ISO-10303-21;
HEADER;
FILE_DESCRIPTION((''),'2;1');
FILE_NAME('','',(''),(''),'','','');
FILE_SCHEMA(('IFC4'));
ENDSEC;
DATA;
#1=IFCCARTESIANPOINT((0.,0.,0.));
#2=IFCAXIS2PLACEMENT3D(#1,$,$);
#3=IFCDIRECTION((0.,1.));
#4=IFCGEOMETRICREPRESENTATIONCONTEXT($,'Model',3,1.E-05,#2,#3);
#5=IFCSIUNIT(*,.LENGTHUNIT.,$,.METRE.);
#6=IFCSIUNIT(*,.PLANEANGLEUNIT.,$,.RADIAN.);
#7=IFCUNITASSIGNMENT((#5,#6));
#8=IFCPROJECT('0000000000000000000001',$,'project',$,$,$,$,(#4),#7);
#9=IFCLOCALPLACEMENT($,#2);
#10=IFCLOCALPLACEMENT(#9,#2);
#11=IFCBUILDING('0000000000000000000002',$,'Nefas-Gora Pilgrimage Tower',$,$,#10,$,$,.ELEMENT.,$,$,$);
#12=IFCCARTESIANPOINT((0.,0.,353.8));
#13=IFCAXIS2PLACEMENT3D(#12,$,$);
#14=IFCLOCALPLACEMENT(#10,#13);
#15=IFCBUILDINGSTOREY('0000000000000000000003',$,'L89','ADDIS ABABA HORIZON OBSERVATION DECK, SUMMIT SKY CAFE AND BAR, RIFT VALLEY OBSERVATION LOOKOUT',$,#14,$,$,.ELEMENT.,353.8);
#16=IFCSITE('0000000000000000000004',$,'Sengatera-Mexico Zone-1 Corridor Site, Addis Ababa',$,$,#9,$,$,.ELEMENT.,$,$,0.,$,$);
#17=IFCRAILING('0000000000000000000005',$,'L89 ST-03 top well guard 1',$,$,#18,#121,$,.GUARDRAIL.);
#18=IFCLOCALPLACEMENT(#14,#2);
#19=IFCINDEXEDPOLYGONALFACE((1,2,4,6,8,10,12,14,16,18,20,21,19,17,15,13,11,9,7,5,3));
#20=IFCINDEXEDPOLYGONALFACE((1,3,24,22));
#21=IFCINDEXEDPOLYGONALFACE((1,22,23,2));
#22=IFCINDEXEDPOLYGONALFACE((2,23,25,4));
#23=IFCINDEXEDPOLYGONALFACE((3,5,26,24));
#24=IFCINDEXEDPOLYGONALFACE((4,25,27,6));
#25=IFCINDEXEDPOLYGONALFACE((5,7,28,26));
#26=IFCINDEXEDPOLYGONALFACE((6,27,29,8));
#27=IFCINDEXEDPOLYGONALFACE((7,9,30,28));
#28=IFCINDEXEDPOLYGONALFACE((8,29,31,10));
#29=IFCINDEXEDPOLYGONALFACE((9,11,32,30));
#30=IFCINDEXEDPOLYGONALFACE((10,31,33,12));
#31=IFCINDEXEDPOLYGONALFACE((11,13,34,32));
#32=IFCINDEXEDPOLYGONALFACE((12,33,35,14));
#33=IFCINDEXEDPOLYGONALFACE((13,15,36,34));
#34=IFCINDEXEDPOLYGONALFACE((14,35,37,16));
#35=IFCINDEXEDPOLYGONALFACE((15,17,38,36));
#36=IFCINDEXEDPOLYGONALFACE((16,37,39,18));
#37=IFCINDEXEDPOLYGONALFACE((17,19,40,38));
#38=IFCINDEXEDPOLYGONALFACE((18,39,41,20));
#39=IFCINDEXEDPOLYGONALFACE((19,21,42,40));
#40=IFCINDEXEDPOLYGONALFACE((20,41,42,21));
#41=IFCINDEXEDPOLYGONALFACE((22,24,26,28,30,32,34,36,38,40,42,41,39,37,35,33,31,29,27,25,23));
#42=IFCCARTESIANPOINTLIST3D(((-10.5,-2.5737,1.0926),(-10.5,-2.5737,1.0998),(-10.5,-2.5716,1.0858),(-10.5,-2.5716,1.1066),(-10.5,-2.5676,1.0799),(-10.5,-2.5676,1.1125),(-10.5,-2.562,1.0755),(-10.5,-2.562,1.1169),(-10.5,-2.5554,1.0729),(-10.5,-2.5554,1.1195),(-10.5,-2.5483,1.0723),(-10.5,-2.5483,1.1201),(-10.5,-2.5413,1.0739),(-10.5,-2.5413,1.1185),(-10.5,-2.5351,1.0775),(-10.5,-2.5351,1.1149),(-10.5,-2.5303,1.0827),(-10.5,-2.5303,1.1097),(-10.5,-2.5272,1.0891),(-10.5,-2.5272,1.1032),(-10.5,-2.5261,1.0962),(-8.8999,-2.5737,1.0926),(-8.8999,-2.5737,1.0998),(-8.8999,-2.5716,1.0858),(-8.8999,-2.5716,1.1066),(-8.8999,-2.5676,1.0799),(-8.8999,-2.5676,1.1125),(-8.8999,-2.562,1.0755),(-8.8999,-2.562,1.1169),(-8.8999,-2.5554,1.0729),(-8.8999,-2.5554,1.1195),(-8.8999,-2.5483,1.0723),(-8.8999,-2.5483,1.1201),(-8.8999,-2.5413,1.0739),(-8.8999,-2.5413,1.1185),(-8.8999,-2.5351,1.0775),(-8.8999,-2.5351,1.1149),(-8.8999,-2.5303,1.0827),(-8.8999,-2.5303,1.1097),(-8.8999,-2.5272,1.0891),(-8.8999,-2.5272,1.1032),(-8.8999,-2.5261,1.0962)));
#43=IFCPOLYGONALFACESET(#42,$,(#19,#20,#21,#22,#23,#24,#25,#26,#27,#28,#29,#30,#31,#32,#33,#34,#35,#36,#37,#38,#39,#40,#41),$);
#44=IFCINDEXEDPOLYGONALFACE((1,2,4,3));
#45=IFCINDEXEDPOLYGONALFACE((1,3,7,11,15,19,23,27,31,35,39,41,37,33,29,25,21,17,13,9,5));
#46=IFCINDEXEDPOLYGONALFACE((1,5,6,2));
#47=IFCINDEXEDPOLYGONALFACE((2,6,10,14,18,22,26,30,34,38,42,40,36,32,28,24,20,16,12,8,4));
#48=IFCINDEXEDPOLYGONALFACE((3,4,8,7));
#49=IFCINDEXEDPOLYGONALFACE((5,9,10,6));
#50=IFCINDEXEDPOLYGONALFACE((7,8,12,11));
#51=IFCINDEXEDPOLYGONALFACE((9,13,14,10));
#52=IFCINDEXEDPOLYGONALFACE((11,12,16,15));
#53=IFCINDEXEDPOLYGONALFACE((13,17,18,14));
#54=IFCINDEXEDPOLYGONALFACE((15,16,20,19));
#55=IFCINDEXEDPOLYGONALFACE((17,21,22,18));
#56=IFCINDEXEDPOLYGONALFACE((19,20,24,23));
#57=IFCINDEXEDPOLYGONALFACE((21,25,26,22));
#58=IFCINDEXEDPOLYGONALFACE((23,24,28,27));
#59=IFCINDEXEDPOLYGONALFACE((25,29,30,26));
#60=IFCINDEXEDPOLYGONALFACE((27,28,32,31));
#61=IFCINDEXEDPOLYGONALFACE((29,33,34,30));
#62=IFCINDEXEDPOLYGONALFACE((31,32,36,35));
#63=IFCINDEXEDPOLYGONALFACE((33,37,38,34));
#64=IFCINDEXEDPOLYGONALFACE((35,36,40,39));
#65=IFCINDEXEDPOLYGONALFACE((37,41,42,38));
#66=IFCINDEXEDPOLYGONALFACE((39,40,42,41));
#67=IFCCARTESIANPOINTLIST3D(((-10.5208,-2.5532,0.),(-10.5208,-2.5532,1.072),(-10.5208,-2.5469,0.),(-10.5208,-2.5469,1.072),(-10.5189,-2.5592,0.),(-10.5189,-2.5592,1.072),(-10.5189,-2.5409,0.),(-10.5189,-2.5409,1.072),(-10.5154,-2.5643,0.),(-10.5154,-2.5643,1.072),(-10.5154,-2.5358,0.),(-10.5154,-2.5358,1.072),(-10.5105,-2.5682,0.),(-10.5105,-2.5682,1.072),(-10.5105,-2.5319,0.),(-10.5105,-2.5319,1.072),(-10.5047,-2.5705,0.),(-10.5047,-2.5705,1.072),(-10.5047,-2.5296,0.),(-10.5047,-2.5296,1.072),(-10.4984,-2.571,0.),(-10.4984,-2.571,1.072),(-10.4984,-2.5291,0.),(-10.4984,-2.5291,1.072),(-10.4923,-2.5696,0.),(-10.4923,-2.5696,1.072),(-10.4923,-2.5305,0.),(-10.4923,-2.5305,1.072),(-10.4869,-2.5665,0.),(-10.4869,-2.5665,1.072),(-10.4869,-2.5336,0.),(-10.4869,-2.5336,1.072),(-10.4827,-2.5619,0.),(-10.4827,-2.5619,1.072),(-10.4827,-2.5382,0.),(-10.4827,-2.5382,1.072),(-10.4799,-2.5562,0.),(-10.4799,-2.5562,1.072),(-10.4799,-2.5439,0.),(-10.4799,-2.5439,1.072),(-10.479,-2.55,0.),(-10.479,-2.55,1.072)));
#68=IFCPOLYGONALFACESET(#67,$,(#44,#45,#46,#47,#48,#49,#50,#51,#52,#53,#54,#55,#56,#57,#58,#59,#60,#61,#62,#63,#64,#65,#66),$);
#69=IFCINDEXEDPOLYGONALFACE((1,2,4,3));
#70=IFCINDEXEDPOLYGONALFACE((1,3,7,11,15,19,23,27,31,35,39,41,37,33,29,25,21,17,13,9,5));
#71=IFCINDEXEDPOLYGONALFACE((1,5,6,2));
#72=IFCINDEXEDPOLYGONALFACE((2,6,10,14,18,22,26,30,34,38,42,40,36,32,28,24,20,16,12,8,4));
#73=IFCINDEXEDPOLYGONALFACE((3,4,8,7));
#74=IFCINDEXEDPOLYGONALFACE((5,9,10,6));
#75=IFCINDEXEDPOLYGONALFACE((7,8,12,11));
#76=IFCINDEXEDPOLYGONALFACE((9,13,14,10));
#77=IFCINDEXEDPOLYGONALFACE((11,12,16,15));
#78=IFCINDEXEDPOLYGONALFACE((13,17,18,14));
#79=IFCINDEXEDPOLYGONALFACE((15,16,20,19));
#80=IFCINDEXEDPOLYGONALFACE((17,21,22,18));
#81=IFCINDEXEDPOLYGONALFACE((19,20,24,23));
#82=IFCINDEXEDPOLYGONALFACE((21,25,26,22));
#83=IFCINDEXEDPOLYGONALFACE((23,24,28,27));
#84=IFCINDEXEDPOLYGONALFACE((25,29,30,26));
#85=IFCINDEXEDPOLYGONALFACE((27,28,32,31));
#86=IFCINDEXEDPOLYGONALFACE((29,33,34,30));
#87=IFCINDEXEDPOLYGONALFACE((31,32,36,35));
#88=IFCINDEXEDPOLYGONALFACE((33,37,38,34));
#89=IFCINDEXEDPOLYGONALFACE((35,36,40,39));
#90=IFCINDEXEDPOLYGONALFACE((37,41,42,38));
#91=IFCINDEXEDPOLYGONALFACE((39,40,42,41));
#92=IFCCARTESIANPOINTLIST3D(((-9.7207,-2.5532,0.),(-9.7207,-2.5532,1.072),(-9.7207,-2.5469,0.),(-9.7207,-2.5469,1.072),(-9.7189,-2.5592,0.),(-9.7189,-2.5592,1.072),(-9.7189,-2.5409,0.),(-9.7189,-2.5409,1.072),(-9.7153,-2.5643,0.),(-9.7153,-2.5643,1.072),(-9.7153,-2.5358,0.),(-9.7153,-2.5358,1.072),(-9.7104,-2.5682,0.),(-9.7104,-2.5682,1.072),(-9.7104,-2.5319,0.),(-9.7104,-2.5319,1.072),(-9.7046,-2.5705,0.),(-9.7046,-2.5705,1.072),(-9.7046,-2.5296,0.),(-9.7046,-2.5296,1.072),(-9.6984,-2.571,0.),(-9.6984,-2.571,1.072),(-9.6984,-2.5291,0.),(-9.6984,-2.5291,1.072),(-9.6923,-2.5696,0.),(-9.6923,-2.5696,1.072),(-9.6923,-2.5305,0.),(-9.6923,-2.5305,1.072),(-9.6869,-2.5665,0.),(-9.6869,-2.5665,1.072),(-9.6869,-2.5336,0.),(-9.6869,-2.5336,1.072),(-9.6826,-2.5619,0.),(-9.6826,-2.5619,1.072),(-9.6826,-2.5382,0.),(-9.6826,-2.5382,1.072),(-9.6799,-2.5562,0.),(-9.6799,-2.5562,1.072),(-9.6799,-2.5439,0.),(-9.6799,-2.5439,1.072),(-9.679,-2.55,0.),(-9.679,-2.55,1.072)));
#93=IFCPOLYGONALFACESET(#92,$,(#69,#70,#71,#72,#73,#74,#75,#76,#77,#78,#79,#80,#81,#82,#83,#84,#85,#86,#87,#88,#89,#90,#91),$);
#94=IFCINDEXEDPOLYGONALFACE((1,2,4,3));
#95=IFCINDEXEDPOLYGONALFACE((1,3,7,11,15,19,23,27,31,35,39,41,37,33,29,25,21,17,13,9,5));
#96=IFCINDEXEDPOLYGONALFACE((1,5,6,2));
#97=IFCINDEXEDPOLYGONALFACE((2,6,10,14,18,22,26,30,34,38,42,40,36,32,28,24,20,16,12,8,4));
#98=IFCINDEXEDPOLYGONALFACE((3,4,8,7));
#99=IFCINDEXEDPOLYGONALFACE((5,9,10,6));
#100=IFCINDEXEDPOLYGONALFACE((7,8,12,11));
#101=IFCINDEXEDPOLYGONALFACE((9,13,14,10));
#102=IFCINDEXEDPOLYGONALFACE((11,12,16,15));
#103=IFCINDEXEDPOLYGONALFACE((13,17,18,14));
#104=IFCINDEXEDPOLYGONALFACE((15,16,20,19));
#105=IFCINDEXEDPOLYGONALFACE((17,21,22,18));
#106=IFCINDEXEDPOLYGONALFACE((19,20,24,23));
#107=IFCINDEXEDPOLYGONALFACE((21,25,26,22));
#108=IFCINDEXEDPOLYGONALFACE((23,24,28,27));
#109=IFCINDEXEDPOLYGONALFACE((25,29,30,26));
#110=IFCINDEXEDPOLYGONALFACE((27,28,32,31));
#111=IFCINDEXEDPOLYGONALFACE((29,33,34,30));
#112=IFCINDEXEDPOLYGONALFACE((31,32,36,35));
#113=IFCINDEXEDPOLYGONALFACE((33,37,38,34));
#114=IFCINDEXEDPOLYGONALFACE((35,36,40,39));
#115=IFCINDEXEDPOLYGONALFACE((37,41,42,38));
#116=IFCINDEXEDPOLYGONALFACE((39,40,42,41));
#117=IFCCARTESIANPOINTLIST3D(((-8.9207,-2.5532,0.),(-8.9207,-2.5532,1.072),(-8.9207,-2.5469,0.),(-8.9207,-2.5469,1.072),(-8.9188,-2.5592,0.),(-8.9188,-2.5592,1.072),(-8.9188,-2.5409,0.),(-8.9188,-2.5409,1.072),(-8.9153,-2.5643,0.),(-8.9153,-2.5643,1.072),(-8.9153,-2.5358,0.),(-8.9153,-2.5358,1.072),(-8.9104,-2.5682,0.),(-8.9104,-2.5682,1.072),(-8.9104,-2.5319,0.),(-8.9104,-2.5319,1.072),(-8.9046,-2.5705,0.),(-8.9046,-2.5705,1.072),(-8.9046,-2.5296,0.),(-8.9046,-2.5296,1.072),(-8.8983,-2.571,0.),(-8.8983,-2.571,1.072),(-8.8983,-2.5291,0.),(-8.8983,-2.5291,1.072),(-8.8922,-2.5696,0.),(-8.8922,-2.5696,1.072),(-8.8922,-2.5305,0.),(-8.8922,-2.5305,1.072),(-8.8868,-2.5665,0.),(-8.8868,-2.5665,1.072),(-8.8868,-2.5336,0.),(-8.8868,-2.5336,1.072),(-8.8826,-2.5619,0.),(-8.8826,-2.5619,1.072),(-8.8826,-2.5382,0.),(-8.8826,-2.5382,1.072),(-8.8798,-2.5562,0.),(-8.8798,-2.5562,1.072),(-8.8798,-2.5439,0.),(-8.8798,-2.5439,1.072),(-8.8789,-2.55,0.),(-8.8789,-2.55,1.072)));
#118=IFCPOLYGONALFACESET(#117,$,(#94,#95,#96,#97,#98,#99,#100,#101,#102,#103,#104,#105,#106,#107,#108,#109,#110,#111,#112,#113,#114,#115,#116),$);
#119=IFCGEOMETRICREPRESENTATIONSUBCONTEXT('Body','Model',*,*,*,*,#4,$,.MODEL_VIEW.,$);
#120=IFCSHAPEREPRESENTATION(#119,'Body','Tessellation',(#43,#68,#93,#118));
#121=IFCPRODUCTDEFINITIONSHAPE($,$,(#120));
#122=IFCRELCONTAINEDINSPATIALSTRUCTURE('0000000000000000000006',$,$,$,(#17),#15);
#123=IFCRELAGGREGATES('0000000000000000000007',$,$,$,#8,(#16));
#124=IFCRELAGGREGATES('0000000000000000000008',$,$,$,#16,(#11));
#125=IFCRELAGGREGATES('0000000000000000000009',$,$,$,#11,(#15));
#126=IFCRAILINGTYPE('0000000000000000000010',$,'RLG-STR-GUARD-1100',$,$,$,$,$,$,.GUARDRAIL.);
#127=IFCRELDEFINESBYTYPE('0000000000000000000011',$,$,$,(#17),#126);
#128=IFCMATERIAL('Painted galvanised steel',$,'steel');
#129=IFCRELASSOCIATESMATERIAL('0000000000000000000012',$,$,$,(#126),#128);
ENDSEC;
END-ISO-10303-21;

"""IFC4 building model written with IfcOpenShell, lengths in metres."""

from ifc_helpers import new_model, si_unit, direction, frame, origin, origin_2d, place, context, subcontext, project, spatial, circle, extrude, material, type_object, element, save


model = new_model("IFC4")

# Units and contexts
model_context = context("Model", 3, precision=1e-05, world=origin(), true_north=direction((0.0, 1.0)))
body_context = subcontext(model_context, "Body", "Model", "MODEL_VIEW")
ifc_project = project(units=[si_unit("LENGTHUNIT", "METRE"), si_unit("PLANEANGLEUNIT", "RADIAN")], contexts=[model_context])

# Site, building, storey
site_placement = place(None, origin())
site = spatial("IfcSite", under=ifc_project, at=site_placement, Name="Sengatera-Mexico Zone-1 Corridor Site, Addis Ababa", CompositionType="ELEMENT", RefElevation=0.0)
building_placement = place(site_placement, origin())
building = spatial("IfcBuilding", under=site, at=building_placement, Name="Nefas-Gora Pilgrimage Tower", CompositionType="ELEMENT")
storey_placement = place(building_placement, frame((0.0, 0.0, 353.8)))
storey = spatial("IfcBuildingStorey", under=building, at=storey_placement, Name="L89", Description="ADDIS ABABA HORIZON OBSERVATION DECK, SUMMIT SKY CAFE AND BAR, RIFT VALLEY OBSERVATION LOOKOUT", CompositionType="ELEMENT", Elevation=353.8)

# Railing
ifc_material_1 = material(Name="Painted galvanised steel", Category="steel")
railing_type = type_object("IfcRailingType", Name="RLG-STR-GUARD-1100", PredefinedType="GUARDRAIL", material=ifc_material_1)
railing_placement = place(storey_placement, frame((-10.5, -2.55, 0.0)))
element("IfcRailing", 1, at=railing_placement, inside=storey, type_object=railing_type, Name="L89 ST-03 top well guard 1", PredefinedType="GUARDRAIL", context=body_context, shape_type="SweptSolid", body=[
    extrude(circle(Radius=0.0239, at=origin_2d()), frame((0.0, 0.0, 1.0962), z_axis=(1.0, 0.0, 0.0), x_axis=(0.0, 1.0, 0.0)), (0.0, 0.0, 1.0), 1.6001),
    extrude(circle(Radius=0.021, at=origin_2d()), origin(), (0.0, 0.0, 1.0), 1.072),
    extrude(circle(Radius=0.021, at=origin_2d()), frame((0.8, 0.0, 0.0)), (0.0, 0.0, 1.0), 1.072),
    extrude(circle(Radius=0.021, at=origin_2d()), frame((1.6001, 0.0, 0.0)), (0.0, 0.0, 1.0), 1.072),
])

save(model, "model.ifc")
